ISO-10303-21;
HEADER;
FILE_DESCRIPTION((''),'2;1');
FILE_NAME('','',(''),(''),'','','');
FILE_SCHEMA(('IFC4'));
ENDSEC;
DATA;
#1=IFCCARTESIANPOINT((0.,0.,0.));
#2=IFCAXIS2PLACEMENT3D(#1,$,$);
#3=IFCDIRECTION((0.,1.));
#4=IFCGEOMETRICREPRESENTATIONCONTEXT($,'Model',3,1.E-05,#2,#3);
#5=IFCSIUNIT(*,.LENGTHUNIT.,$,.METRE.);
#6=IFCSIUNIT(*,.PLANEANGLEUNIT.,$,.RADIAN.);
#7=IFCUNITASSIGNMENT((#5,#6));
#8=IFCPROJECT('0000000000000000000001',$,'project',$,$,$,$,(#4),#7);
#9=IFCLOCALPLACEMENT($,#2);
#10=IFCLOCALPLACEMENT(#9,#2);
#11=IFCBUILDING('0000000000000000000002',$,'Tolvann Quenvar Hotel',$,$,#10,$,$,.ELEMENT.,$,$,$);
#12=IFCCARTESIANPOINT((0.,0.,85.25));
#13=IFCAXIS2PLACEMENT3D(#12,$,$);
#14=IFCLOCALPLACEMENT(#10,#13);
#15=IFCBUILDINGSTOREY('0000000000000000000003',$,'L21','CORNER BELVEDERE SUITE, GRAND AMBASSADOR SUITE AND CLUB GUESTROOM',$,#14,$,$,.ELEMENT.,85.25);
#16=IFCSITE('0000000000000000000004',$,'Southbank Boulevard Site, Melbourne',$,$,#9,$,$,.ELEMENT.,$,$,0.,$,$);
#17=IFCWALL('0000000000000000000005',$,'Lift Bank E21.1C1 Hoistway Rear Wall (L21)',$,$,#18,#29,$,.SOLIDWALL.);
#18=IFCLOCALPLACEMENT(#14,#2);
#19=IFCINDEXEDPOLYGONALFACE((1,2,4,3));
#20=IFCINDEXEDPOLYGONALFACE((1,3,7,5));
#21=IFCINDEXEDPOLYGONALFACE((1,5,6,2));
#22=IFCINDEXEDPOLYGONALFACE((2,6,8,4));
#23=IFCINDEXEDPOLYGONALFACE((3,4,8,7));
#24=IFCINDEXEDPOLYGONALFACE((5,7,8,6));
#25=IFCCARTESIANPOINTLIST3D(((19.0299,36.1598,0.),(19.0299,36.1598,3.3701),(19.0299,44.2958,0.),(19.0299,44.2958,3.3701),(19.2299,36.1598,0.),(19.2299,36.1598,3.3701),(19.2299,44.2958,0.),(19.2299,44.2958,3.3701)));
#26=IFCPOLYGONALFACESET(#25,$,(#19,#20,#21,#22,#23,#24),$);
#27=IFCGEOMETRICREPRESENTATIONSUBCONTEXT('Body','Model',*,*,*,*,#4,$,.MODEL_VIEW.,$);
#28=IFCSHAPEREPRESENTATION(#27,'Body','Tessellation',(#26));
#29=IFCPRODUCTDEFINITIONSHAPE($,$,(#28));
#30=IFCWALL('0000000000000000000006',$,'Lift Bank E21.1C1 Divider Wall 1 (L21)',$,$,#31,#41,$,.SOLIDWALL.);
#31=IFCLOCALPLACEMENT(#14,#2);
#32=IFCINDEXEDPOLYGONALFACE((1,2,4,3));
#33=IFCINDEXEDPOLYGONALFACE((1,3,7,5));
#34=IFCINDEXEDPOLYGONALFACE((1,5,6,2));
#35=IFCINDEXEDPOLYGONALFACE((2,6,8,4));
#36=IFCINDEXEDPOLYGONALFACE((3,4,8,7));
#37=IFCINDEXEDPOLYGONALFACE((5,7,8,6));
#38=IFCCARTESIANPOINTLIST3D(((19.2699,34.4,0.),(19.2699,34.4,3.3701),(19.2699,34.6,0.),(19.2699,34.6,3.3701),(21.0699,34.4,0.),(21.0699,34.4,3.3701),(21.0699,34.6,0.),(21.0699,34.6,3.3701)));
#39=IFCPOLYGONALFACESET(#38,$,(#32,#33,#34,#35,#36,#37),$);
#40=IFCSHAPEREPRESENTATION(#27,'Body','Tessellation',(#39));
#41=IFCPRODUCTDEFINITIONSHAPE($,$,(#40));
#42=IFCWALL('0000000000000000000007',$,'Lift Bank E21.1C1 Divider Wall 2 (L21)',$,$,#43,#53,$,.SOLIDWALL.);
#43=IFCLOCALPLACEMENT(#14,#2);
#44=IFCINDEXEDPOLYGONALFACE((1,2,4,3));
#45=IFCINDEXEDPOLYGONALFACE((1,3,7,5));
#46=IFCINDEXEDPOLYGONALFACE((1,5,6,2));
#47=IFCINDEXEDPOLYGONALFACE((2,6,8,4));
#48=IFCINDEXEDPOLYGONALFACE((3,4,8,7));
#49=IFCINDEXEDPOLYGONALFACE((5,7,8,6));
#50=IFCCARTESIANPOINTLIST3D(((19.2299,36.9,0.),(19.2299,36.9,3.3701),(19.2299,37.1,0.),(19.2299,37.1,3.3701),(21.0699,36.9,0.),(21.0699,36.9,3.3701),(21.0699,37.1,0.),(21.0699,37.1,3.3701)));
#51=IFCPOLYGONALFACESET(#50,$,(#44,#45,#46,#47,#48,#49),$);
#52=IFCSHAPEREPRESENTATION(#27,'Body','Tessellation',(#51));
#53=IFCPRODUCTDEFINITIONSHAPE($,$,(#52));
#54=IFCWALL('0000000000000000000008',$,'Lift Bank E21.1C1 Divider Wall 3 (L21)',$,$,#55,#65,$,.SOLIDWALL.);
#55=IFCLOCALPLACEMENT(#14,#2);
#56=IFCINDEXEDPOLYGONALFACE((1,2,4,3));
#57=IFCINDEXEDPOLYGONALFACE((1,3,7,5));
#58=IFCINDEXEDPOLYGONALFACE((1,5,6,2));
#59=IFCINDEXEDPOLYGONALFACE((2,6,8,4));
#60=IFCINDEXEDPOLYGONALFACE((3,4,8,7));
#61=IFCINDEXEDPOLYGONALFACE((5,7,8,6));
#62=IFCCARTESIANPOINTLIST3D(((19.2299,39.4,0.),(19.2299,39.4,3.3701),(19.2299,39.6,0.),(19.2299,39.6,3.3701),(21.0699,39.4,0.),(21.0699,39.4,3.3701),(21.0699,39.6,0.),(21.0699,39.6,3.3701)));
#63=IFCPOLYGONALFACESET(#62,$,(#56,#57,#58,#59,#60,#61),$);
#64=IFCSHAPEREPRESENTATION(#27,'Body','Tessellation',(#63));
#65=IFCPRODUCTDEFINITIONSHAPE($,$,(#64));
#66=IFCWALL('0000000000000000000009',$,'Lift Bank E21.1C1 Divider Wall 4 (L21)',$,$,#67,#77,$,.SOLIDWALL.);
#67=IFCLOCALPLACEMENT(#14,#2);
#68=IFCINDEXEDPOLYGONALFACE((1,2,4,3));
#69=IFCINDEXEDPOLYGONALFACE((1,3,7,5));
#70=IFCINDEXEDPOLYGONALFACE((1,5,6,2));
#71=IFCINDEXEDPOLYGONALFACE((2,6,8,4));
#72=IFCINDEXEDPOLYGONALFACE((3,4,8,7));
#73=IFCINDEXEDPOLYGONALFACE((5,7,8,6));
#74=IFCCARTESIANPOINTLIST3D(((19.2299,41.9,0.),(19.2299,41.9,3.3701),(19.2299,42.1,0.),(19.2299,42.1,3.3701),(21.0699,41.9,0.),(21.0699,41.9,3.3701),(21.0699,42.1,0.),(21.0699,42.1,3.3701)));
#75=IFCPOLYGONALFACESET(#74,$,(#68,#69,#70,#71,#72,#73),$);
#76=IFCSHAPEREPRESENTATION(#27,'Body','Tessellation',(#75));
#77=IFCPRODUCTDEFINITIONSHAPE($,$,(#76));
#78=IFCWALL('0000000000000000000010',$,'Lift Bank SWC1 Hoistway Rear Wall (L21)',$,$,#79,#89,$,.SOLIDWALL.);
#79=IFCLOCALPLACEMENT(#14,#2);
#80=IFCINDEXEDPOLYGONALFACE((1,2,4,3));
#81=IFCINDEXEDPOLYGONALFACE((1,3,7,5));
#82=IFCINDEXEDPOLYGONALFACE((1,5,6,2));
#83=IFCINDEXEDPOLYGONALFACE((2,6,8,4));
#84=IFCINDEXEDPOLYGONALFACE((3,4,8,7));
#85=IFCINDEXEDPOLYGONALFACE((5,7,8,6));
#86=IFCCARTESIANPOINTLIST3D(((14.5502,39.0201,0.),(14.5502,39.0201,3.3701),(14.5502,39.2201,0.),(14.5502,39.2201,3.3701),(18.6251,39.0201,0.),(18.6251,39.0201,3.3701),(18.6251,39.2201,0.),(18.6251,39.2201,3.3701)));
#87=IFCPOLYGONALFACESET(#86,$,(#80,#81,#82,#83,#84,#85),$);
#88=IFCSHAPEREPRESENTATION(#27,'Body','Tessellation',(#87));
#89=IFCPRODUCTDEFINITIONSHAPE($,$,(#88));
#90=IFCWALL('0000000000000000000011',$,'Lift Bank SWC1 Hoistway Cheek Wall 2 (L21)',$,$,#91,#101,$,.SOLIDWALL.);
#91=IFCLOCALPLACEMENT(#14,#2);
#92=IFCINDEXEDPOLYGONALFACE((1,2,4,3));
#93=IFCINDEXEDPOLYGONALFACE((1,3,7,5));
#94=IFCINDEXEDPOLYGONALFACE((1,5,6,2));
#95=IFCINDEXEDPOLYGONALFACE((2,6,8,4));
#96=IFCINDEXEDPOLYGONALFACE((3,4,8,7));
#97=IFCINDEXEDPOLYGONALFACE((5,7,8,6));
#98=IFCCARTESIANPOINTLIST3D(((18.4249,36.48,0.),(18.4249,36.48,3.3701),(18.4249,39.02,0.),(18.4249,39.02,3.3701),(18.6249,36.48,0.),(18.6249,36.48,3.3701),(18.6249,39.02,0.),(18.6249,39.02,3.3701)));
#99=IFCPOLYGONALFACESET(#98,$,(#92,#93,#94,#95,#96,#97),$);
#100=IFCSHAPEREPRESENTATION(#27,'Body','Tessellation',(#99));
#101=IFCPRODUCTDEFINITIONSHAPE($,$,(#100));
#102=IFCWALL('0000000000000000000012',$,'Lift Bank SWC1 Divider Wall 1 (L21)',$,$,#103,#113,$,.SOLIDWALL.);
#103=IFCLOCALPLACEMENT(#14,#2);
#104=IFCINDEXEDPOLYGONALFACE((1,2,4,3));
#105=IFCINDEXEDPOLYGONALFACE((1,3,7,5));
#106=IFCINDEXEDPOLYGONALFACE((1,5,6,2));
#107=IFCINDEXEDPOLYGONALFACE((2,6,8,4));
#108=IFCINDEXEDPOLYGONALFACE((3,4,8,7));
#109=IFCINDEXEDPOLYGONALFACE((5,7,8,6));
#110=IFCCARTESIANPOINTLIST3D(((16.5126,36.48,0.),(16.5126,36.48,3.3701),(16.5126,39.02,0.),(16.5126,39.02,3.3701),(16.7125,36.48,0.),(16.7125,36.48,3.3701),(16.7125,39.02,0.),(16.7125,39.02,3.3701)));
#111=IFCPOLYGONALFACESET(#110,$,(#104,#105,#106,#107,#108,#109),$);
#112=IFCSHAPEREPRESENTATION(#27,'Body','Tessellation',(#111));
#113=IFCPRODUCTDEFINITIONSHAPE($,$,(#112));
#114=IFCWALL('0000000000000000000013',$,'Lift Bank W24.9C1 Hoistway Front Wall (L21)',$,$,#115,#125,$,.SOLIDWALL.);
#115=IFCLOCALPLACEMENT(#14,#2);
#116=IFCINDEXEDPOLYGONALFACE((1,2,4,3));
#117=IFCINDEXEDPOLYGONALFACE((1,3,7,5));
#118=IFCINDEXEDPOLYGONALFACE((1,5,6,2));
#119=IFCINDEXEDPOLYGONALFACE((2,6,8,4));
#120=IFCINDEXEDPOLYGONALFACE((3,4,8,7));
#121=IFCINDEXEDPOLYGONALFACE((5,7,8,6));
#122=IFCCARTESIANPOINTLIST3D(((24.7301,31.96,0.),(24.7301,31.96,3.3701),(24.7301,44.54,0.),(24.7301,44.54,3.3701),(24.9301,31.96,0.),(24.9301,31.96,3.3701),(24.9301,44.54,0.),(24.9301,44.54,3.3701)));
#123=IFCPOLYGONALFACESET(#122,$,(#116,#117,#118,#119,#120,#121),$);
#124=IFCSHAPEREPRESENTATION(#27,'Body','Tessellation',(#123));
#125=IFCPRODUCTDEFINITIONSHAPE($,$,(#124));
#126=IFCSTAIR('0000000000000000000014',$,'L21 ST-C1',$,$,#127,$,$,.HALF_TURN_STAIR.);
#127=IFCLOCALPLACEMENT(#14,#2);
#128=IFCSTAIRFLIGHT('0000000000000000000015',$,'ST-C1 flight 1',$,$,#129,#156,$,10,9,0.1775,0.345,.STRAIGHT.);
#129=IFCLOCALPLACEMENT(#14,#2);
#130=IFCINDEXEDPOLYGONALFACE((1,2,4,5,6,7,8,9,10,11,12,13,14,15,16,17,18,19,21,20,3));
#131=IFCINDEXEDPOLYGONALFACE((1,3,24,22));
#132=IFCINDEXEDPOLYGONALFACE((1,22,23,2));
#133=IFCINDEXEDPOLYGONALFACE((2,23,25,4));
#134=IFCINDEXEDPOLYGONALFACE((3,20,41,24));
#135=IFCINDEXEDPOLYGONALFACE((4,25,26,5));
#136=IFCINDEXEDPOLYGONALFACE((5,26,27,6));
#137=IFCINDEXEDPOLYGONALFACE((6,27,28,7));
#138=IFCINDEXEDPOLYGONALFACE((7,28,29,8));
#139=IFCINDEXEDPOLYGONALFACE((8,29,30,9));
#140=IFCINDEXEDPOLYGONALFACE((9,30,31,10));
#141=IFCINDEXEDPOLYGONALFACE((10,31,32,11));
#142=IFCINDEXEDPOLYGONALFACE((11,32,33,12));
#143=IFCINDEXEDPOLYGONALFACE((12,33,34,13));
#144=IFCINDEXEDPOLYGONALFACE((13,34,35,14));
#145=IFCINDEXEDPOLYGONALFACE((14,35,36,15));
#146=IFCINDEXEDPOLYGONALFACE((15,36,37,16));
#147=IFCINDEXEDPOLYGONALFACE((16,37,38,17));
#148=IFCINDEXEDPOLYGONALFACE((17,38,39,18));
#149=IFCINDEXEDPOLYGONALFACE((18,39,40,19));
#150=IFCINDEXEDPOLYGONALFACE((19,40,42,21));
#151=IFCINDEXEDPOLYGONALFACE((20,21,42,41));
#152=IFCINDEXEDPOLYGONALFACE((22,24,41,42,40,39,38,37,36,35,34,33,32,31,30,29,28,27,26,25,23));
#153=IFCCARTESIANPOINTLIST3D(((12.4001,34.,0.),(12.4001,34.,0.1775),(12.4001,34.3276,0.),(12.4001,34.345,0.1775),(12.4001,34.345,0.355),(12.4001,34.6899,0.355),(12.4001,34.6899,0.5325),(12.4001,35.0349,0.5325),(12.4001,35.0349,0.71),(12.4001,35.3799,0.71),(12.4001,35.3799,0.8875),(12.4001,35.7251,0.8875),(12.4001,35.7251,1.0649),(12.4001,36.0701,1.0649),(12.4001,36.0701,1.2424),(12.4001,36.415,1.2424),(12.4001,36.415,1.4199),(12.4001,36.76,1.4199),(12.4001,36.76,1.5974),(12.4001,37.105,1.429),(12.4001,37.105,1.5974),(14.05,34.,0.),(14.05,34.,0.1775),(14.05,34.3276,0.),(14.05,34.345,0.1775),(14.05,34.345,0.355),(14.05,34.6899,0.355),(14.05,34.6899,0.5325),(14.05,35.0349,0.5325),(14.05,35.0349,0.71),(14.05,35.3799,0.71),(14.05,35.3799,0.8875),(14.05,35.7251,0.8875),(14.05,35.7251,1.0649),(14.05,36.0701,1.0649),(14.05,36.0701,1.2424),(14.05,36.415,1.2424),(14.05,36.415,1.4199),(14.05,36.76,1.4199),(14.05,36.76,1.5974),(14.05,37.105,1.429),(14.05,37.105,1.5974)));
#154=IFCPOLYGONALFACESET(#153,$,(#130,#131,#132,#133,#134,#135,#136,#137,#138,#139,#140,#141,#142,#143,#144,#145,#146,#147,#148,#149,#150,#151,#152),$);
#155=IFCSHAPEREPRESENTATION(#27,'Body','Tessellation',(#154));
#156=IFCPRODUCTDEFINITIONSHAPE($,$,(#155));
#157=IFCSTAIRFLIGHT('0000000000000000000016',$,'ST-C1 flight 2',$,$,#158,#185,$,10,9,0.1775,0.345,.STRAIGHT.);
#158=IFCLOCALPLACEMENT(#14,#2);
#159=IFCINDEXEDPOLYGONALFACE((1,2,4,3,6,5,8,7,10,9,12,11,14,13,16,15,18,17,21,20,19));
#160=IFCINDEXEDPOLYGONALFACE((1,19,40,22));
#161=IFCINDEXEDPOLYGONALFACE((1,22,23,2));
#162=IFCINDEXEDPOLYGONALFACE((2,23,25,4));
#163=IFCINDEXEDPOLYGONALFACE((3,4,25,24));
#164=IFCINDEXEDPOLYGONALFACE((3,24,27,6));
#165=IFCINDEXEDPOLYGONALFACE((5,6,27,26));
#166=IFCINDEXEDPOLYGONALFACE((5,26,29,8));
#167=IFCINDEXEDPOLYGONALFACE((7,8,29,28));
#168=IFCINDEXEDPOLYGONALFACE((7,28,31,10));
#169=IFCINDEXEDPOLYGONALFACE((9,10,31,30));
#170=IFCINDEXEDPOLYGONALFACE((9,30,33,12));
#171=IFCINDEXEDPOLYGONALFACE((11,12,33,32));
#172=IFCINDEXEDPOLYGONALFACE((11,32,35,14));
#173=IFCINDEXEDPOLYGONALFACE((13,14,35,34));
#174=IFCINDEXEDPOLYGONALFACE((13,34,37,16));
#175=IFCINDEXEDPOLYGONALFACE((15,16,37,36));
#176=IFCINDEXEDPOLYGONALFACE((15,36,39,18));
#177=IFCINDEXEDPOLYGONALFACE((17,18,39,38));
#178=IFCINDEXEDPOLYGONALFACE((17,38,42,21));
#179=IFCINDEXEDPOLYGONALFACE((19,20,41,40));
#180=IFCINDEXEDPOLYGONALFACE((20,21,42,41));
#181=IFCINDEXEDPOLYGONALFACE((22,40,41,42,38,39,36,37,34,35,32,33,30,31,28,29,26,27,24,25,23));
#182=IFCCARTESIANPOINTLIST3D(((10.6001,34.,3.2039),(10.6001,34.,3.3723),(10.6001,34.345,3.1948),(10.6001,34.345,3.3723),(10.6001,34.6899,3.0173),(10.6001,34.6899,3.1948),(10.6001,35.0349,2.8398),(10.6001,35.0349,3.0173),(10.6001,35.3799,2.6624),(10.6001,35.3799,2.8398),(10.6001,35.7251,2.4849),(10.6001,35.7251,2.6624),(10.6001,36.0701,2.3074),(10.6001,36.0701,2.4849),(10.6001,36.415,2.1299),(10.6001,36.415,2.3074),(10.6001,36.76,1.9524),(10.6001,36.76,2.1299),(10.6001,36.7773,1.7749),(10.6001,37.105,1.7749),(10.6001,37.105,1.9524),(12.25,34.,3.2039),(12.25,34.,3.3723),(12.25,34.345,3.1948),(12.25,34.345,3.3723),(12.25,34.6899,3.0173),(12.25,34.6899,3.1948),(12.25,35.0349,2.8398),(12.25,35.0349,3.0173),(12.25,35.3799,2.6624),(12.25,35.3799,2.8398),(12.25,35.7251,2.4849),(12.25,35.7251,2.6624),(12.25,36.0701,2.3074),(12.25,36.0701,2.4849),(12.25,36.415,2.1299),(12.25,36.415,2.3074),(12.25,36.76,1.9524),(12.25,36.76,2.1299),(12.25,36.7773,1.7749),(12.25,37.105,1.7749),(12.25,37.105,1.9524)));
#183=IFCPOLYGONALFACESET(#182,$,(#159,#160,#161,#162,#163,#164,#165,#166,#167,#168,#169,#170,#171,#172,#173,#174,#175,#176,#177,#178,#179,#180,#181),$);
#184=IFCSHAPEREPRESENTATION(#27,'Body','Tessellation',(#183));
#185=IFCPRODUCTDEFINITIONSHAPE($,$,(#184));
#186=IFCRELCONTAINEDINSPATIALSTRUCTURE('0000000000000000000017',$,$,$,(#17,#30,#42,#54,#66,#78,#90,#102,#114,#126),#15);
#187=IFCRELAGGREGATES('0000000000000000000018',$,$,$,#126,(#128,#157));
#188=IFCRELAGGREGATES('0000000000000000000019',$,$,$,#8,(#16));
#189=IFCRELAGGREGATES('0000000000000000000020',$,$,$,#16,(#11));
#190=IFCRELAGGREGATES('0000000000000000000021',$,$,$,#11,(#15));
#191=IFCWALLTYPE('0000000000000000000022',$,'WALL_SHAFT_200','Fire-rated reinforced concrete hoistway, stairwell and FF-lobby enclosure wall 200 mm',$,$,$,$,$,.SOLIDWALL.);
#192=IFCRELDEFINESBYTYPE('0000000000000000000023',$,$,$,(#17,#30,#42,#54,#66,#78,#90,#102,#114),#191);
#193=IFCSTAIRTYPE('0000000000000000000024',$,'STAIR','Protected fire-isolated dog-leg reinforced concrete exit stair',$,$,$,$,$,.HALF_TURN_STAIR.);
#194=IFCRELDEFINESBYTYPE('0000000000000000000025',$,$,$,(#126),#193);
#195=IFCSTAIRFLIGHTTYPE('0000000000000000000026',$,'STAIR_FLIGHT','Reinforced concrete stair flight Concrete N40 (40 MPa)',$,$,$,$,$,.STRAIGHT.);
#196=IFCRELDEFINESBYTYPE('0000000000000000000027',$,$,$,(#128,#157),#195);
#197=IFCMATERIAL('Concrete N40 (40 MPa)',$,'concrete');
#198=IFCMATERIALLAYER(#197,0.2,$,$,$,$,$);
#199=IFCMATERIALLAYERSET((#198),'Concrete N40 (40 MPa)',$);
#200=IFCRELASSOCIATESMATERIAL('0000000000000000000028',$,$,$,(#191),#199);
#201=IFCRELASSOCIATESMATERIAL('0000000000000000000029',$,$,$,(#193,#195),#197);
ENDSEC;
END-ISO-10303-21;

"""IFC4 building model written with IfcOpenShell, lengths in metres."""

from ifc_helpers import new_model, si_unit, direction, frame, frame_2d, origin, place, context, subcontext, project, spatial, polyline, rectangle, outline, extrude, material, layer, layer_set, type_object, element, aggregate, save


model = new_model("IFC4")

# Units and contexts
model_context = context("Model", 3, precision=1e-05, world=origin(), true_north=direction((0.0, 1.0)))
body_context = subcontext(model_context, "Body", "Model", "MODEL_VIEW")
ifc_project = project(units=[si_unit("LENGTHUNIT", "METRE"), si_unit("PLANEANGLEUNIT", "RADIAN")], contexts=[model_context])

# Site, building, storey
site_placement = place(None, origin())
site = spatial("IfcSite", under=ifc_project, at=site_placement, Name="Southbank Boulevard Site, Melbourne", CompositionType="ELEMENT", RefElevation=0.0)
building_placement = place(site_placement, origin())
building = spatial("IfcBuilding", under=site, at=building_placement, Name="Tolvann Quenvar Hotel", CompositionType="ELEMENT")
storey_placement = place(building_placement, frame((0.0, 0.0, 85.25)))
storey = spatial("IfcBuildingStorey", under=building, at=storey_placement, Name="L21", Description="CORNER BELVEDERE SUITE, GRAND AMBASSADOR SUITE AND CLUB GUESTROOM", CompositionType="ELEMENT", Elevation=85.25)

# Walls
ifc_material_1 = material(Name="Concrete N40 (40 MPa)", Category="concrete")
ifc_layer_1 = layer(ifc_material_1, 0.2)
ifc_layer_set_1 = layer_set([ifc_layer_1], Name="Concrete N40 (40 MPa)")
wall_type_1 = type_object("IfcWallType", Name="WALL_SHAFT_200", Description="Fire-rated reinforced concrete hoistway, stairwell and FF-lobby enclosure wall 200 mm", PredefinedType="SOLIDWALL", material=ifc_layer_set_1)
wall_1_placement = place(storey_placement, frame((19.1299, 36.1599, 0.0), z_axis=(0.0, 0.0, 1.0), x_axis=(0.0, 1.0, 0.0)))
element("IfcWall", 1, at=wall_1_placement, inside=storey, type_object=wall_type_1, Name="Lift Bank E21.1C1 Hoistway Rear Wall (L21)", PredefinedType="SOLIDWALL", context=body_context, shape_type="SweptSolid", body=[
    extrude(rectangle(XDim=8.136, YDim=0.2, at=frame_2d((4.0679, 0.0))), origin(), (0.0, 0.0, 1.0), 3.3701),
])
wall_2_placement = place(storey_placement, frame((19.27, 34.5, 0.0), z_axis=(0.0, 0.0, 1.0), x_axis=(1.0, 0.0, 0.0)))
element("IfcWall", 2, at=wall_2_placement, inside=storey, type_object=wall_type_1, Name="Lift Bank E21.1C1 Divider Wall 1 (L21)", PredefinedType="SOLIDWALL", context=body_context, shape_type="SweptSolid", body=[
    extrude(rectangle(XDim=1.8, YDim=0.2, at=frame_2d((0.8999, 0.0))), origin(), (0.0, 0.0, 1.0), 3.3701),
])
for number, where, z_axis, x_axis, name in (
    (3, (19.23, 37.0, 0.0), (0.0, 0.0, 1.0), (1.0, 0.0, 0.0), "Lift Bank E21.1C1 Divider Wall 2 (L21)"),
    (4, (19.23, 39.5, 0.0), (0.0, 0.0, 1.0), (1.0, 0.0, 0.0), "Lift Bank E21.1C1 Divider Wall 3 (L21)"),
    (5, (19.23, 42.0, 0.0), (0.0, 0.0, 1.0), (1.0, 0.0, 0.0), "Lift Bank E21.1C1 Divider Wall 4 (L21)"),
):
    element("IfcWall", number, at=place(storey_placement, frame(where, z_axis=z_axis, x_axis=x_axis)), inside=storey, type_object=wall_type_1, Name=name, PredefinedType="SOLIDWALL", context=body_context, shape_type="SweptSolid", body=[
        extrude(rectangle(XDim=1.8401, YDim=0.2, at=frame_2d((0.9199, 0.0))), origin(), (0.0, 0.0, 1.0), 3.3701),
    ])

# Walls
wall_3_placement = place(storey_placement, frame((14.55, 39.1201, 0.0), z_axis=(0.0, 0.0, 1.0), x_axis=(1.0, 0.0, 0.0)))
element("IfcWall", 6, at=wall_3_placement, inside=storey, type_object=wall_type_1, Name="Lift Bank SWC1 Hoistway Rear Wall (L21)", PredefinedType="SOLIDWALL", context=body_context, shape_type="SweptSolid", body=[
    extrude(rectangle(XDim=4.075, YDim=0.2, at=frame_2d((2.0376, 0.0))), origin(), (0.0, 0.0, 1.0), 3.3701),
])
for number, where, z_axis, x_axis, name in (
    (7, (18.5249, 36.48, 0.0), (0.0, 0.0, 1.0), (0.0, 1.0, 0.0), "Lift Bank SWC1 Hoistway Cheek Wall 2 (L21)"),
    (8, (16.6125, 36.48, 0.0), (0.0, 0.0, 1.0), (0.0, 1.0, 0.0), "Lift Bank SWC1 Divider Wall 1 (L21)"),
):
    element("IfcWall", number, at=place(storey_placement, frame(where, z_axis=z_axis, x_axis=x_axis)), inside=storey, type_object=wall_type_1, Name=name, PredefinedType="SOLIDWALL", context=body_context, shape_type="SweptSolid", body=[
        extrude(rectangle(XDim=2.54, YDim=0.2, at=frame_2d((1.27, 0.0))), origin(), (0.0, 0.0, 1.0), 3.3701),
    ])
wall_4_placement = place(storey_placement, frame((24.8301, 31.96, 0.0), z_axis=(0.0, 0.0, 1.0), x_axis=(0.0, 1.0, 0.0)))
element("IfcWall", 9, at=wall_4_placement, inside=storey, type_object=wall_type_1, Name="Lift Bank W24.9C1 Hoistway Front Wall (L21)", PredefinedType="SOLIDWALL", context=body_context, shape_type="SweptSolid", body=[
    extrude(rectangle(XDim=12.5801, YDim=0.2, at=frame_2d((6.29, 0.0))), origin(), (0.0, 0.0, 1.0), 3.3701),
])

# Stair, stair flights
stair_type = type_object("IfcStairType", Name="STAIR", Description="Protected fire-isolated dog-leg reinforced concrete exit stair", PredefinedType="HALF_TURN_STAIR", material=ifc_material_1)
stair_placement = place(storey_placement, origin())
stair = element("IfcStair", 10, at=stair_placement, inside=storey, type_object=stair_type, Name="L21 ST-C1", PredefinedType="HALF_TURN_STAIR")
stair_flight_type = type_object("IfcStairFlightType", Name="STAIR_FLIGHT", Description="Reinforced concrete stair flight Concrete N40 (40 MPa)", PredefinedType="STRAIGHT", material=ifc_material_1)
stair_flight_1_placement = place(storey_placement, frame((13.2251, 34.0, 0.0), z_axis=(0.0, 0.0, 1.0), x_axis=(0.0, 1.0, 0.0)))
stair_flight_1 = element("IfcStairFlight", 11, at=stair_flight_1_placement, type_object=stair_flight_type, Name="ST-C1 flight 1", NumberOfRisers=10, NumberOfTreads=9, PredefinedType="STRAIGHT", RiserHeight=0.1775, TreadLength=0.345, context=body_context, shape_type="SweptSolid", body=[
    extrude(outline(polyline([(0.0, 0.0), (0.0, 0.1775), (0.345, 0.1775), (0.345, 0.355), (0.6899, 0.355), (0.6899, 0.5325), (1.0349, 0.5325), (1.0349, 0.71), (1.3799, 0.71), (1.3799, 0.8875), (1.7251, 0.8875), (1.7251, 1.0649), (2.0701, 1.0649), (2.0701, 1.2424), (2.415, 1.2424), (2.415, 1.4199), (2.76, 1.4199), (2.76, 1.5974), (3.105, 1.5974), (3.105, 1.7749), (3.105, 1.429), (0.3276, 0.0), (0.0, 0.0)])), frame((0.0, 0.825, 0.0), z_axis=(0.0, -1.0, 0.0), x_axis=(1.0, 0.0, 0.0)), (0.0, 0.0, 1.0), 1.6499),
])
stair_flight_2_placement = place(storey_placement, frame((11.425, 37.105, 1.7749), z_axis=(0.0, 0.0, 1.0), x_axis=(0.0, -1.0, 0.0)))
stair_flight_2 = element("IfcStairFlight", 12, at=stair_flight_2_placement, type_object=stair_flight_type, Name="ST-C1 flight 2", NumberOfRisers=10, NumberOfTreads=9, PredefinedType="STRAIGHT", RiserHeight=0.1775, TreadLength=0.345, context=body_context, shape_type="SweptSolid", body=[
    extrude(outline(polyline([(0.0, 0.0), (0.0, 0.1775), (0.345, 0.1775), (0.345, 0.355), (0.6899, 0.355), (0.6899, 0.5325), (1.0349, 0.5325), (1.0349, 0.71), (1.3799, 0.71), (1.3799, 0.8875), (1.7251, 0.8875), (1.7251, 1.0649), (2.0701, 1.0649), (2.0701, 1.2424), (2.415, 1.2424), (2.415, 1.4199), (2.76, 1.4199), (2.76, 1.5974), (3.105, 1.5974), (3.105, 1.7749), (3.105, 1.429), (0.3276, 0.0), (0.0, 0.0)])), frame((0.0, 0.825, 0.0), z_axis=(0.0, -1.0, 0.0), x_axis=(1.0, 0.0, 0.0)), (0.0, 0.0, 1.0), 1.6499),
])
aggregate(stair, [stair_flight_1, stair_flight_2])

save(model, "model.ifc")
